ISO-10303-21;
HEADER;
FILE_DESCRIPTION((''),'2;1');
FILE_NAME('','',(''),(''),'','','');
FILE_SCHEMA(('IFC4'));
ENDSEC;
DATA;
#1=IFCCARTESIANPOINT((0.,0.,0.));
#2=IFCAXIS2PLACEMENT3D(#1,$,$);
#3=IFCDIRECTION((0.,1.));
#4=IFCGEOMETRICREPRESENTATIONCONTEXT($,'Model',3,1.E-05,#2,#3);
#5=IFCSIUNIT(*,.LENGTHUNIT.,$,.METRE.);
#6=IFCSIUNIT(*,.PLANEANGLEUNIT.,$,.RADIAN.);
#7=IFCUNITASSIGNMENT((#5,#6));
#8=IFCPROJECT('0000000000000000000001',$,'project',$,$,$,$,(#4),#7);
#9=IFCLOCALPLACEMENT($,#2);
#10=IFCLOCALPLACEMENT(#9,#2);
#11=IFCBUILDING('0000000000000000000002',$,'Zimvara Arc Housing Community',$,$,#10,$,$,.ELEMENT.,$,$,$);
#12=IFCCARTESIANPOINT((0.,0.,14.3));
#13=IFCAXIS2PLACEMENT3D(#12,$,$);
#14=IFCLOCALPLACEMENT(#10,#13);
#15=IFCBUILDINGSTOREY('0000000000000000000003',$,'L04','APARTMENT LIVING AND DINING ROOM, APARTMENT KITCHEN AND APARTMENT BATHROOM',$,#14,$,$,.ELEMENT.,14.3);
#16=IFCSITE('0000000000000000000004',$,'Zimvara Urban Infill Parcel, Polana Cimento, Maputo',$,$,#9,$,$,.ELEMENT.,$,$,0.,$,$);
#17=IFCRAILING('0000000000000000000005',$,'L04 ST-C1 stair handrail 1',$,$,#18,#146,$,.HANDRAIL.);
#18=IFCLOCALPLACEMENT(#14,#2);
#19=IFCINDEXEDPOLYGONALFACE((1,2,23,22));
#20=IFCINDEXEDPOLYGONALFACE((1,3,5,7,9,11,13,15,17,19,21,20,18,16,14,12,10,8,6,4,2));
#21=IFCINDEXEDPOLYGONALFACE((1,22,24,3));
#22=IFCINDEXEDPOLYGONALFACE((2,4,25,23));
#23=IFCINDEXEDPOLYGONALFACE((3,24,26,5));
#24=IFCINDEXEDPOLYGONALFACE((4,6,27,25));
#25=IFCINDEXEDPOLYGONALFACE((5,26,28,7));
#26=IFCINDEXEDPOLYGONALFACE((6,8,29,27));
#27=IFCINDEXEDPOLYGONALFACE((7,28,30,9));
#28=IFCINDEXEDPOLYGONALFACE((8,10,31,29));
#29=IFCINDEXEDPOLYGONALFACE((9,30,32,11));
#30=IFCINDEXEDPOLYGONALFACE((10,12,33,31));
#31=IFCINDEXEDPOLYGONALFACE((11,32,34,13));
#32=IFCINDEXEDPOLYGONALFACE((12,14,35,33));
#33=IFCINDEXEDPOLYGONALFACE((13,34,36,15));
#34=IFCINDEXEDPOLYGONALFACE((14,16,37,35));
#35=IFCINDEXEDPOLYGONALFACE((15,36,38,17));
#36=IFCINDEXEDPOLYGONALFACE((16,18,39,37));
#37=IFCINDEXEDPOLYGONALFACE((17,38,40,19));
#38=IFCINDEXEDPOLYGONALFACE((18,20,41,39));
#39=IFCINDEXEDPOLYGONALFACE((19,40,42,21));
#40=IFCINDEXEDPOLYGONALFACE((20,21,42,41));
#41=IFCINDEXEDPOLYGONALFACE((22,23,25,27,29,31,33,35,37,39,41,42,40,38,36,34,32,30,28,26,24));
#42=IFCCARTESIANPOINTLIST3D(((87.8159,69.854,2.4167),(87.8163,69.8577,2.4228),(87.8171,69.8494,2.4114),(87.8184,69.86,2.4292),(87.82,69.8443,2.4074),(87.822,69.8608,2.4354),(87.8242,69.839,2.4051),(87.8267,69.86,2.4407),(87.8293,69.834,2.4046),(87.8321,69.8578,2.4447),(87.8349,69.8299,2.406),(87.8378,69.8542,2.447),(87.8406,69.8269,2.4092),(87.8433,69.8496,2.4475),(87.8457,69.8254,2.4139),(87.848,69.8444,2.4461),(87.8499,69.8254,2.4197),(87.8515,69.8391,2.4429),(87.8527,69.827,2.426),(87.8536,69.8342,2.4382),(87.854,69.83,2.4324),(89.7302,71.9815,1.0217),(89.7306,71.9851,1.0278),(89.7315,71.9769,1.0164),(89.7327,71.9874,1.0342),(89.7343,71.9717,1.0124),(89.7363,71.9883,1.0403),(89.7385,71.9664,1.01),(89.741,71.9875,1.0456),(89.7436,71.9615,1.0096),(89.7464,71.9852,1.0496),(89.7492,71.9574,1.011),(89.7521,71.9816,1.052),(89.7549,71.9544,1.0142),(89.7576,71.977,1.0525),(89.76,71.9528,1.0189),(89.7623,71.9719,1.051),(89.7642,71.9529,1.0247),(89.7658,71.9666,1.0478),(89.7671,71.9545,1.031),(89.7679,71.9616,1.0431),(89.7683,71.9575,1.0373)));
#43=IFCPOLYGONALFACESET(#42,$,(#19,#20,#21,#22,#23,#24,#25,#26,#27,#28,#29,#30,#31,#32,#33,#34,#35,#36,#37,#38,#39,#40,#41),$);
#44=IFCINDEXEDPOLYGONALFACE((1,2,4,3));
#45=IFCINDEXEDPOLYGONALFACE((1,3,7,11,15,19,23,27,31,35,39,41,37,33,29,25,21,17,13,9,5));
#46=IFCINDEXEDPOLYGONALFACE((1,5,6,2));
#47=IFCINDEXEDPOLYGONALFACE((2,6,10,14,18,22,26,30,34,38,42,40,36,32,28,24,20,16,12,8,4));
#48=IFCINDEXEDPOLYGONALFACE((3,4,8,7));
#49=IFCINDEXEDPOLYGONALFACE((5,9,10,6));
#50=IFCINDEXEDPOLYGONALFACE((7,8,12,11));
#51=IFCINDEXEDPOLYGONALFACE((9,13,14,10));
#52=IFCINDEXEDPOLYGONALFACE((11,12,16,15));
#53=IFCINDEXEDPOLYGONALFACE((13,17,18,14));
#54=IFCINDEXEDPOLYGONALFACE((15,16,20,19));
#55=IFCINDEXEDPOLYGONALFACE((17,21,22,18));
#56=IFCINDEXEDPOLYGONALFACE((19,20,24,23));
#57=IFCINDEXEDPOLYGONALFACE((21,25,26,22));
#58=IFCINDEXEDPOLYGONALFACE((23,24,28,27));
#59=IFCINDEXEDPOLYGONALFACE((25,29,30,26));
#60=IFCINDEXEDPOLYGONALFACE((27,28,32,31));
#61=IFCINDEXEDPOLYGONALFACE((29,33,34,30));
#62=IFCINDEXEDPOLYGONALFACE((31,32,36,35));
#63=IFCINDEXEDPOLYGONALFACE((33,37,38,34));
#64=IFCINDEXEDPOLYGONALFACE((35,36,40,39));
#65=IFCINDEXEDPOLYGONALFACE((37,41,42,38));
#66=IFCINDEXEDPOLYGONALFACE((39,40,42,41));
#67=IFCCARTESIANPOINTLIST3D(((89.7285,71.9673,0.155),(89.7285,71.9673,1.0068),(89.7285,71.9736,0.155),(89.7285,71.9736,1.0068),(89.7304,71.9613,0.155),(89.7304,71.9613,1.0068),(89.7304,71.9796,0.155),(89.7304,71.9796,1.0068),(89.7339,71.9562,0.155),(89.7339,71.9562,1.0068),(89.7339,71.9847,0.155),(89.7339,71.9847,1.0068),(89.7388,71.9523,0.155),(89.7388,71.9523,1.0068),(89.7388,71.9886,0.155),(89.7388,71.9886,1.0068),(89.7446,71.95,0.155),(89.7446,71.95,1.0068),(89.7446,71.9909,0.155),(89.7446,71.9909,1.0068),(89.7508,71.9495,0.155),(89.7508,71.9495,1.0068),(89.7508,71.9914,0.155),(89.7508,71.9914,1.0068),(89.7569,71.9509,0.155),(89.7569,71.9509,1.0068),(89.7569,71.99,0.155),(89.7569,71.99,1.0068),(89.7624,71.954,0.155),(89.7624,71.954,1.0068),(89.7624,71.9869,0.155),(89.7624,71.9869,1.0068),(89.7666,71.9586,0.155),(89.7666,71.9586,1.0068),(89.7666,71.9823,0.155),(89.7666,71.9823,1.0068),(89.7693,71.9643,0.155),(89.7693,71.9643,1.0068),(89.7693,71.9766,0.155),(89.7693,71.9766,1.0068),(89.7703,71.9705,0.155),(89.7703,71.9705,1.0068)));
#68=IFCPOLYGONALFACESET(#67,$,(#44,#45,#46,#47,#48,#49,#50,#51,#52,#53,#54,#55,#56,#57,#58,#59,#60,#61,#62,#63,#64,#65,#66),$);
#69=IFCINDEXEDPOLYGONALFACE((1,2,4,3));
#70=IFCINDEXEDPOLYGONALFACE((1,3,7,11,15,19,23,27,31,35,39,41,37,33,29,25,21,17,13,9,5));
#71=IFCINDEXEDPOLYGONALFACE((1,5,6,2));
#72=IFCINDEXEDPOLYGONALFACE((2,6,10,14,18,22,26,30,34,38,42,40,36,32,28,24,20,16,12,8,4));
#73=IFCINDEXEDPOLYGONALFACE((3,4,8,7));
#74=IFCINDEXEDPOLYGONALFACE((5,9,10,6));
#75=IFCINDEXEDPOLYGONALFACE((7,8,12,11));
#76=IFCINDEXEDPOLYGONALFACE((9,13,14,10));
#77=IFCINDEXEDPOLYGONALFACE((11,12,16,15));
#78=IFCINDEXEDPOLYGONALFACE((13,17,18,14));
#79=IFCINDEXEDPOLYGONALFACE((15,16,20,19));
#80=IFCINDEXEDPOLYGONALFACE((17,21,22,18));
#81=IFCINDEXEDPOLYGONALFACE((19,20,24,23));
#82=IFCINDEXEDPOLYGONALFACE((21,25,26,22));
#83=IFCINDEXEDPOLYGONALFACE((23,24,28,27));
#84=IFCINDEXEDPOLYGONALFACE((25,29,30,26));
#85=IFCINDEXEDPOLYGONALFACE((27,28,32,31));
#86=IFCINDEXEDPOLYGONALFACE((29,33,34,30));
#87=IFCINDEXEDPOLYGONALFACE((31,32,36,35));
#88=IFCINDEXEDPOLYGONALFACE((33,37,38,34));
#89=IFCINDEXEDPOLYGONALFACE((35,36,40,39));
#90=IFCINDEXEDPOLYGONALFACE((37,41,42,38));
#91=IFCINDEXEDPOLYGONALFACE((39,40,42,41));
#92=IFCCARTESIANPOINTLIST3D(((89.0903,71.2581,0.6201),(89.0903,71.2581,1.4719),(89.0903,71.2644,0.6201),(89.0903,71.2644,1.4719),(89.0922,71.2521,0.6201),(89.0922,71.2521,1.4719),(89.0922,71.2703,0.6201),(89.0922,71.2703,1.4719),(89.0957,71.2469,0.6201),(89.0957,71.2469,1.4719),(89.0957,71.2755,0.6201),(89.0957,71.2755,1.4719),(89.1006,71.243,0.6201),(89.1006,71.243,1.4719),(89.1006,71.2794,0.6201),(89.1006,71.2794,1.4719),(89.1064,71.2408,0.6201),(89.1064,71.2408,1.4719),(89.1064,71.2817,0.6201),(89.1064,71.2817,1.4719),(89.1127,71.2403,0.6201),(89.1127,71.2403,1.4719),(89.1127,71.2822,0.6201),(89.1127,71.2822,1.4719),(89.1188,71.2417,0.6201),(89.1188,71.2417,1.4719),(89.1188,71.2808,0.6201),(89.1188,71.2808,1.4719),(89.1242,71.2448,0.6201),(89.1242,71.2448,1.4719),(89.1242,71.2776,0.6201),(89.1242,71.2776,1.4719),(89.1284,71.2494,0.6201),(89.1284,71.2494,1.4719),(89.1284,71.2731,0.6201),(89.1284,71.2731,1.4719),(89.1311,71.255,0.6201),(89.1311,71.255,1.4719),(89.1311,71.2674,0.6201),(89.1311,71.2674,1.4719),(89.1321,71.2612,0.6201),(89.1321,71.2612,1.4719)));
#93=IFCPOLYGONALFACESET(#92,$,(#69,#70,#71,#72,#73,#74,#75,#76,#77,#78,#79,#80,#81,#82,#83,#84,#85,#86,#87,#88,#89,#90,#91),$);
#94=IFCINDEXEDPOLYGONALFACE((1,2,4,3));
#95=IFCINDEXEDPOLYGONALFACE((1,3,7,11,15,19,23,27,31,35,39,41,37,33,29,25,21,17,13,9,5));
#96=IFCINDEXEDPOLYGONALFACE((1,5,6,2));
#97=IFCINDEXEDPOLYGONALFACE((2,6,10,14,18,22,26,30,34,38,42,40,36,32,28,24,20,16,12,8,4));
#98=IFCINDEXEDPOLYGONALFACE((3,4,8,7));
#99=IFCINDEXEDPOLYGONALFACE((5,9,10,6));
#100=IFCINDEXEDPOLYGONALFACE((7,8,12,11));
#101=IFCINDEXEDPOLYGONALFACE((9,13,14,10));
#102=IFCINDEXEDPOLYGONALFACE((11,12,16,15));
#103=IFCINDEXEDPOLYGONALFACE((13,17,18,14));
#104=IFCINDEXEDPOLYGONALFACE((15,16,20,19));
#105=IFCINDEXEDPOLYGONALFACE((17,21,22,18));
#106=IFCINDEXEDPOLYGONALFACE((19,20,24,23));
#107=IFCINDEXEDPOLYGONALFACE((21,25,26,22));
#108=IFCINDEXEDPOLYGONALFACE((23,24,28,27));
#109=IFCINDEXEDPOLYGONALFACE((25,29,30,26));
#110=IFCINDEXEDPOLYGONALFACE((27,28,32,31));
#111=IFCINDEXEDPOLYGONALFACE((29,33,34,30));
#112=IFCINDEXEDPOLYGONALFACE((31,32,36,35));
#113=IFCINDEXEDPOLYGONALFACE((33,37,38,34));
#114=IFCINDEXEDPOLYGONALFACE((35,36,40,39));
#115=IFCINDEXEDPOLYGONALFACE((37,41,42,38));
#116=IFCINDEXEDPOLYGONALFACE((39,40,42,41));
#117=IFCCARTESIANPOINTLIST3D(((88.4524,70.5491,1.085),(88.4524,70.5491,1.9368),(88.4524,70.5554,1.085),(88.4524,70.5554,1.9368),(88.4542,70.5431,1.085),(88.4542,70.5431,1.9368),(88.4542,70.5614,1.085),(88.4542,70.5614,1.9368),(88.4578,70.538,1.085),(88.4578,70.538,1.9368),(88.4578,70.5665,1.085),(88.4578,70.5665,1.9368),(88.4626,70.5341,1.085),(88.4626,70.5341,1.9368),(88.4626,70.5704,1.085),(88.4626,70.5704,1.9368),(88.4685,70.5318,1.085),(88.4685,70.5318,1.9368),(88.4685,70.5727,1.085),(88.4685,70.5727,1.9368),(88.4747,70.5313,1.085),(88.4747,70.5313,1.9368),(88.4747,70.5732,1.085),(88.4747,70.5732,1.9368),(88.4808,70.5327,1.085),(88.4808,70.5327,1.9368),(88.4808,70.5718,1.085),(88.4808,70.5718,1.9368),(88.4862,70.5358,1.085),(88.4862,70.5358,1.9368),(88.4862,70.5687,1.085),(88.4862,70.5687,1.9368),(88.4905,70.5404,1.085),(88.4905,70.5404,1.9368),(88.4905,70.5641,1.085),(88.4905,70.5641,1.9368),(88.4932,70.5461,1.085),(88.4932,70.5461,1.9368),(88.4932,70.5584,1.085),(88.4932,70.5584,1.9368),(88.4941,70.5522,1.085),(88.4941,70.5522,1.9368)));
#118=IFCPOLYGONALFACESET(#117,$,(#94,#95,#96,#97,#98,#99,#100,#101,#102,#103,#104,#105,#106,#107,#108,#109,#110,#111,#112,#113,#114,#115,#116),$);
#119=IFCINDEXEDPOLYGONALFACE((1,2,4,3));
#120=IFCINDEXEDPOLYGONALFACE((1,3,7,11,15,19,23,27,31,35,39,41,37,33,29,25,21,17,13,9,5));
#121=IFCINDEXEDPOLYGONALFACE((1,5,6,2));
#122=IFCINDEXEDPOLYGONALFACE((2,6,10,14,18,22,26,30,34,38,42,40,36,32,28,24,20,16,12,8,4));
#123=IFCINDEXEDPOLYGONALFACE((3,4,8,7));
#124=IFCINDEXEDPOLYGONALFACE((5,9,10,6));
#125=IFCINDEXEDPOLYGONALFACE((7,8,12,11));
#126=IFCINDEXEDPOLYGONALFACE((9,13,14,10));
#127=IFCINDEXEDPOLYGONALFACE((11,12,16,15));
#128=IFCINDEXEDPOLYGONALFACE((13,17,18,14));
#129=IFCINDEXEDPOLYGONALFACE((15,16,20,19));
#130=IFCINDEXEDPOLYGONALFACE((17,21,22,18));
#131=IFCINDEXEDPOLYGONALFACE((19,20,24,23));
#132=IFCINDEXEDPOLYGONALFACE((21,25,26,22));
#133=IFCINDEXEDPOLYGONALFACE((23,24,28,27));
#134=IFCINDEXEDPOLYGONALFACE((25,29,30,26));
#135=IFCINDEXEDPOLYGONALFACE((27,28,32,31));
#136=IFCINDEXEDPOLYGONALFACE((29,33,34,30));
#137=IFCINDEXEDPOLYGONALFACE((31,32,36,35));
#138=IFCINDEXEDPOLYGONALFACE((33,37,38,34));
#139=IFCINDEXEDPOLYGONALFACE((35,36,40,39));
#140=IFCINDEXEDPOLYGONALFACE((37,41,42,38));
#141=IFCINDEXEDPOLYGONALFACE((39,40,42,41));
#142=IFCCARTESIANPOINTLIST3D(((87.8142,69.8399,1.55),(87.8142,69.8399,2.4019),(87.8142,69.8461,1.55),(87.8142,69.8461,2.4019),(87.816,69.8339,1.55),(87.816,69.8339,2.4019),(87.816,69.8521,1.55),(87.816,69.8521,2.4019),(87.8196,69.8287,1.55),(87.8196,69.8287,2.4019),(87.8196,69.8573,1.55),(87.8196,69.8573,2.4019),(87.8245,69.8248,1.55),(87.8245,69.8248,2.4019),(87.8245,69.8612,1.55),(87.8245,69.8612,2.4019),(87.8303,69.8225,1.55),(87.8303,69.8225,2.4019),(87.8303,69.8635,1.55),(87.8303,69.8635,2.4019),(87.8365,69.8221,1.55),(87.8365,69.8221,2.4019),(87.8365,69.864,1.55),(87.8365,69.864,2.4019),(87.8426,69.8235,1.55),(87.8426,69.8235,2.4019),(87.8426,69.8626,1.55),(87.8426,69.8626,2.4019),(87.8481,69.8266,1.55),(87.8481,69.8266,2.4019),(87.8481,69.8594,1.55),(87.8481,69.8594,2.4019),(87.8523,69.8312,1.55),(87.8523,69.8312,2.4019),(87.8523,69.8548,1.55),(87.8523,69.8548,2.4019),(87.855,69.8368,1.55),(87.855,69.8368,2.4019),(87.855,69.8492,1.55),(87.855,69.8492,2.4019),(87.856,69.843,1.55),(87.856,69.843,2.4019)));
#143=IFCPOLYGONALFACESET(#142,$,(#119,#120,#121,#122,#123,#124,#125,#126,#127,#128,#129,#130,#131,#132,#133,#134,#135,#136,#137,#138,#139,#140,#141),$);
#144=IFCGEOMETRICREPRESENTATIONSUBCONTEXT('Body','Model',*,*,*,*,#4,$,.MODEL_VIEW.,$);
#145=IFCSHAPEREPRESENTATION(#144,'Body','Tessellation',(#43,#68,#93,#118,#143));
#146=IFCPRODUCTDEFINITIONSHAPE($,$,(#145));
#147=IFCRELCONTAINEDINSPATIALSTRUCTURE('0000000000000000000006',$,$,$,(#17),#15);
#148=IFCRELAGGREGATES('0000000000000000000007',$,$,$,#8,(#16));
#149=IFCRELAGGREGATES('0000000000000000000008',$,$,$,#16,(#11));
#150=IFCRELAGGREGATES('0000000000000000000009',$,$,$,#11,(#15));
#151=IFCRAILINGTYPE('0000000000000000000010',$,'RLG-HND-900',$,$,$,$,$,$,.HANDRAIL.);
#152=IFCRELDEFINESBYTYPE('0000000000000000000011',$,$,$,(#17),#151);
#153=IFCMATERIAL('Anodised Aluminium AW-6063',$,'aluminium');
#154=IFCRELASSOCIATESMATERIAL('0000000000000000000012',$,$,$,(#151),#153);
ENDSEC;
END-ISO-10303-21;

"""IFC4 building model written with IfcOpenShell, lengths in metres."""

from ifc_helpers import new_model, si_unit, direction, frame, origin, origin_2d, place, context, subcontext, project, spatial, circle, extrude, material, type_object, element, save


model = new_model("IFC4")

# Units and contexts
model_context = context("Model", 3, precision=1e-05, world=origin(), true_north=direction((0.0, 1.0)))
body_context = subcontext(model_context, "Body", "Model", "MODEL_VIEW")
ifc_project = project(units=[si_unit("LENGTHUNIT", "METRE"), si_unit("PLANEANGLEUNIT", "RADIAN")], contexts=[model_context])

# Site, building, storey
site_placement = place(None, origin())
site = spatial("IfcSite", under=ifc_project, at=site_placement, Name="Zimvara Urban Infill Parcel, Polana Cimento, Maputo", CompositionType="ELEMENT", RefElevation=0.0)
building_placement = place(site_placement, origin())
building = spatial("IfcBuilding", under=site, at=building_placement, Name="Zimvara Arc Housing Community", CompositionType="ELEMENT")
storey_placement = place(building_placement, frame((0.0, 0.0, 14.3)))
storey = spatial("IfcBuildingStorey", under=building, at=storey_placement, Name="L04", Description="APARTMENT LIVING AND DINING ROOM, APARTMENT KITCHEN AND APARTMENT BATHROOM", CompositionType="ELEMENT", Elevation=14.3)

# Railing
ifc_material_1 = material(Name="Anodised Aluminium AW-6063", Category="aluminium")
railing_type_1 = type_object("IfcRailingType", Name="RLG-HND-900", PredefinedType="HANDRAIL", material=ifc_material_1)
railing_1_placement = place(storey_placement, frame((89.7493, 71.9705, 0.155)))
element("IfcRailing", 1, at=railing_1_placement, inside=storey, type_object=railing_type_1, Name="L04 ST-C1 stair handrail 1", PredefinedType="HANDRAIL", context=body_context, shape_type="SweptSolid", body=[
    extrude(circle(Radius=0.0239, at=origin_2d()), frame((0.0, 0.0, 0.876), z_axis=(-0.601263, -0.668206, 0.43816), x_axis=(0.743362, -0.668889, 0.0)), (0.0, 0.0, 1.0), 3.1838),
    extrude(circle(Radius=0.021, at=origin_2d()), origin(), (0.0, 0.0, 1.0), 0.8518),
    extrude(circle(Radius=0.021, at=origin_2d()), frame((-0.6382, -0.7092, 0.4651)), (0.0, 0.0, 1.0), 0.8518),
    extrude(circle(Radius=0.021, at=origin_2d()), frame((-1.2761, -1.4182, 0.9299)), (0.0, 0.0, 1.0), 0.8518),
    extrude(circle(Radius=0.021, at=origin_2d()), frame((-1.9143, -2.1274, 1.395)), (0.0, 0.0, 1.0), 0.8518),
])

save(model, "model.ifc")
